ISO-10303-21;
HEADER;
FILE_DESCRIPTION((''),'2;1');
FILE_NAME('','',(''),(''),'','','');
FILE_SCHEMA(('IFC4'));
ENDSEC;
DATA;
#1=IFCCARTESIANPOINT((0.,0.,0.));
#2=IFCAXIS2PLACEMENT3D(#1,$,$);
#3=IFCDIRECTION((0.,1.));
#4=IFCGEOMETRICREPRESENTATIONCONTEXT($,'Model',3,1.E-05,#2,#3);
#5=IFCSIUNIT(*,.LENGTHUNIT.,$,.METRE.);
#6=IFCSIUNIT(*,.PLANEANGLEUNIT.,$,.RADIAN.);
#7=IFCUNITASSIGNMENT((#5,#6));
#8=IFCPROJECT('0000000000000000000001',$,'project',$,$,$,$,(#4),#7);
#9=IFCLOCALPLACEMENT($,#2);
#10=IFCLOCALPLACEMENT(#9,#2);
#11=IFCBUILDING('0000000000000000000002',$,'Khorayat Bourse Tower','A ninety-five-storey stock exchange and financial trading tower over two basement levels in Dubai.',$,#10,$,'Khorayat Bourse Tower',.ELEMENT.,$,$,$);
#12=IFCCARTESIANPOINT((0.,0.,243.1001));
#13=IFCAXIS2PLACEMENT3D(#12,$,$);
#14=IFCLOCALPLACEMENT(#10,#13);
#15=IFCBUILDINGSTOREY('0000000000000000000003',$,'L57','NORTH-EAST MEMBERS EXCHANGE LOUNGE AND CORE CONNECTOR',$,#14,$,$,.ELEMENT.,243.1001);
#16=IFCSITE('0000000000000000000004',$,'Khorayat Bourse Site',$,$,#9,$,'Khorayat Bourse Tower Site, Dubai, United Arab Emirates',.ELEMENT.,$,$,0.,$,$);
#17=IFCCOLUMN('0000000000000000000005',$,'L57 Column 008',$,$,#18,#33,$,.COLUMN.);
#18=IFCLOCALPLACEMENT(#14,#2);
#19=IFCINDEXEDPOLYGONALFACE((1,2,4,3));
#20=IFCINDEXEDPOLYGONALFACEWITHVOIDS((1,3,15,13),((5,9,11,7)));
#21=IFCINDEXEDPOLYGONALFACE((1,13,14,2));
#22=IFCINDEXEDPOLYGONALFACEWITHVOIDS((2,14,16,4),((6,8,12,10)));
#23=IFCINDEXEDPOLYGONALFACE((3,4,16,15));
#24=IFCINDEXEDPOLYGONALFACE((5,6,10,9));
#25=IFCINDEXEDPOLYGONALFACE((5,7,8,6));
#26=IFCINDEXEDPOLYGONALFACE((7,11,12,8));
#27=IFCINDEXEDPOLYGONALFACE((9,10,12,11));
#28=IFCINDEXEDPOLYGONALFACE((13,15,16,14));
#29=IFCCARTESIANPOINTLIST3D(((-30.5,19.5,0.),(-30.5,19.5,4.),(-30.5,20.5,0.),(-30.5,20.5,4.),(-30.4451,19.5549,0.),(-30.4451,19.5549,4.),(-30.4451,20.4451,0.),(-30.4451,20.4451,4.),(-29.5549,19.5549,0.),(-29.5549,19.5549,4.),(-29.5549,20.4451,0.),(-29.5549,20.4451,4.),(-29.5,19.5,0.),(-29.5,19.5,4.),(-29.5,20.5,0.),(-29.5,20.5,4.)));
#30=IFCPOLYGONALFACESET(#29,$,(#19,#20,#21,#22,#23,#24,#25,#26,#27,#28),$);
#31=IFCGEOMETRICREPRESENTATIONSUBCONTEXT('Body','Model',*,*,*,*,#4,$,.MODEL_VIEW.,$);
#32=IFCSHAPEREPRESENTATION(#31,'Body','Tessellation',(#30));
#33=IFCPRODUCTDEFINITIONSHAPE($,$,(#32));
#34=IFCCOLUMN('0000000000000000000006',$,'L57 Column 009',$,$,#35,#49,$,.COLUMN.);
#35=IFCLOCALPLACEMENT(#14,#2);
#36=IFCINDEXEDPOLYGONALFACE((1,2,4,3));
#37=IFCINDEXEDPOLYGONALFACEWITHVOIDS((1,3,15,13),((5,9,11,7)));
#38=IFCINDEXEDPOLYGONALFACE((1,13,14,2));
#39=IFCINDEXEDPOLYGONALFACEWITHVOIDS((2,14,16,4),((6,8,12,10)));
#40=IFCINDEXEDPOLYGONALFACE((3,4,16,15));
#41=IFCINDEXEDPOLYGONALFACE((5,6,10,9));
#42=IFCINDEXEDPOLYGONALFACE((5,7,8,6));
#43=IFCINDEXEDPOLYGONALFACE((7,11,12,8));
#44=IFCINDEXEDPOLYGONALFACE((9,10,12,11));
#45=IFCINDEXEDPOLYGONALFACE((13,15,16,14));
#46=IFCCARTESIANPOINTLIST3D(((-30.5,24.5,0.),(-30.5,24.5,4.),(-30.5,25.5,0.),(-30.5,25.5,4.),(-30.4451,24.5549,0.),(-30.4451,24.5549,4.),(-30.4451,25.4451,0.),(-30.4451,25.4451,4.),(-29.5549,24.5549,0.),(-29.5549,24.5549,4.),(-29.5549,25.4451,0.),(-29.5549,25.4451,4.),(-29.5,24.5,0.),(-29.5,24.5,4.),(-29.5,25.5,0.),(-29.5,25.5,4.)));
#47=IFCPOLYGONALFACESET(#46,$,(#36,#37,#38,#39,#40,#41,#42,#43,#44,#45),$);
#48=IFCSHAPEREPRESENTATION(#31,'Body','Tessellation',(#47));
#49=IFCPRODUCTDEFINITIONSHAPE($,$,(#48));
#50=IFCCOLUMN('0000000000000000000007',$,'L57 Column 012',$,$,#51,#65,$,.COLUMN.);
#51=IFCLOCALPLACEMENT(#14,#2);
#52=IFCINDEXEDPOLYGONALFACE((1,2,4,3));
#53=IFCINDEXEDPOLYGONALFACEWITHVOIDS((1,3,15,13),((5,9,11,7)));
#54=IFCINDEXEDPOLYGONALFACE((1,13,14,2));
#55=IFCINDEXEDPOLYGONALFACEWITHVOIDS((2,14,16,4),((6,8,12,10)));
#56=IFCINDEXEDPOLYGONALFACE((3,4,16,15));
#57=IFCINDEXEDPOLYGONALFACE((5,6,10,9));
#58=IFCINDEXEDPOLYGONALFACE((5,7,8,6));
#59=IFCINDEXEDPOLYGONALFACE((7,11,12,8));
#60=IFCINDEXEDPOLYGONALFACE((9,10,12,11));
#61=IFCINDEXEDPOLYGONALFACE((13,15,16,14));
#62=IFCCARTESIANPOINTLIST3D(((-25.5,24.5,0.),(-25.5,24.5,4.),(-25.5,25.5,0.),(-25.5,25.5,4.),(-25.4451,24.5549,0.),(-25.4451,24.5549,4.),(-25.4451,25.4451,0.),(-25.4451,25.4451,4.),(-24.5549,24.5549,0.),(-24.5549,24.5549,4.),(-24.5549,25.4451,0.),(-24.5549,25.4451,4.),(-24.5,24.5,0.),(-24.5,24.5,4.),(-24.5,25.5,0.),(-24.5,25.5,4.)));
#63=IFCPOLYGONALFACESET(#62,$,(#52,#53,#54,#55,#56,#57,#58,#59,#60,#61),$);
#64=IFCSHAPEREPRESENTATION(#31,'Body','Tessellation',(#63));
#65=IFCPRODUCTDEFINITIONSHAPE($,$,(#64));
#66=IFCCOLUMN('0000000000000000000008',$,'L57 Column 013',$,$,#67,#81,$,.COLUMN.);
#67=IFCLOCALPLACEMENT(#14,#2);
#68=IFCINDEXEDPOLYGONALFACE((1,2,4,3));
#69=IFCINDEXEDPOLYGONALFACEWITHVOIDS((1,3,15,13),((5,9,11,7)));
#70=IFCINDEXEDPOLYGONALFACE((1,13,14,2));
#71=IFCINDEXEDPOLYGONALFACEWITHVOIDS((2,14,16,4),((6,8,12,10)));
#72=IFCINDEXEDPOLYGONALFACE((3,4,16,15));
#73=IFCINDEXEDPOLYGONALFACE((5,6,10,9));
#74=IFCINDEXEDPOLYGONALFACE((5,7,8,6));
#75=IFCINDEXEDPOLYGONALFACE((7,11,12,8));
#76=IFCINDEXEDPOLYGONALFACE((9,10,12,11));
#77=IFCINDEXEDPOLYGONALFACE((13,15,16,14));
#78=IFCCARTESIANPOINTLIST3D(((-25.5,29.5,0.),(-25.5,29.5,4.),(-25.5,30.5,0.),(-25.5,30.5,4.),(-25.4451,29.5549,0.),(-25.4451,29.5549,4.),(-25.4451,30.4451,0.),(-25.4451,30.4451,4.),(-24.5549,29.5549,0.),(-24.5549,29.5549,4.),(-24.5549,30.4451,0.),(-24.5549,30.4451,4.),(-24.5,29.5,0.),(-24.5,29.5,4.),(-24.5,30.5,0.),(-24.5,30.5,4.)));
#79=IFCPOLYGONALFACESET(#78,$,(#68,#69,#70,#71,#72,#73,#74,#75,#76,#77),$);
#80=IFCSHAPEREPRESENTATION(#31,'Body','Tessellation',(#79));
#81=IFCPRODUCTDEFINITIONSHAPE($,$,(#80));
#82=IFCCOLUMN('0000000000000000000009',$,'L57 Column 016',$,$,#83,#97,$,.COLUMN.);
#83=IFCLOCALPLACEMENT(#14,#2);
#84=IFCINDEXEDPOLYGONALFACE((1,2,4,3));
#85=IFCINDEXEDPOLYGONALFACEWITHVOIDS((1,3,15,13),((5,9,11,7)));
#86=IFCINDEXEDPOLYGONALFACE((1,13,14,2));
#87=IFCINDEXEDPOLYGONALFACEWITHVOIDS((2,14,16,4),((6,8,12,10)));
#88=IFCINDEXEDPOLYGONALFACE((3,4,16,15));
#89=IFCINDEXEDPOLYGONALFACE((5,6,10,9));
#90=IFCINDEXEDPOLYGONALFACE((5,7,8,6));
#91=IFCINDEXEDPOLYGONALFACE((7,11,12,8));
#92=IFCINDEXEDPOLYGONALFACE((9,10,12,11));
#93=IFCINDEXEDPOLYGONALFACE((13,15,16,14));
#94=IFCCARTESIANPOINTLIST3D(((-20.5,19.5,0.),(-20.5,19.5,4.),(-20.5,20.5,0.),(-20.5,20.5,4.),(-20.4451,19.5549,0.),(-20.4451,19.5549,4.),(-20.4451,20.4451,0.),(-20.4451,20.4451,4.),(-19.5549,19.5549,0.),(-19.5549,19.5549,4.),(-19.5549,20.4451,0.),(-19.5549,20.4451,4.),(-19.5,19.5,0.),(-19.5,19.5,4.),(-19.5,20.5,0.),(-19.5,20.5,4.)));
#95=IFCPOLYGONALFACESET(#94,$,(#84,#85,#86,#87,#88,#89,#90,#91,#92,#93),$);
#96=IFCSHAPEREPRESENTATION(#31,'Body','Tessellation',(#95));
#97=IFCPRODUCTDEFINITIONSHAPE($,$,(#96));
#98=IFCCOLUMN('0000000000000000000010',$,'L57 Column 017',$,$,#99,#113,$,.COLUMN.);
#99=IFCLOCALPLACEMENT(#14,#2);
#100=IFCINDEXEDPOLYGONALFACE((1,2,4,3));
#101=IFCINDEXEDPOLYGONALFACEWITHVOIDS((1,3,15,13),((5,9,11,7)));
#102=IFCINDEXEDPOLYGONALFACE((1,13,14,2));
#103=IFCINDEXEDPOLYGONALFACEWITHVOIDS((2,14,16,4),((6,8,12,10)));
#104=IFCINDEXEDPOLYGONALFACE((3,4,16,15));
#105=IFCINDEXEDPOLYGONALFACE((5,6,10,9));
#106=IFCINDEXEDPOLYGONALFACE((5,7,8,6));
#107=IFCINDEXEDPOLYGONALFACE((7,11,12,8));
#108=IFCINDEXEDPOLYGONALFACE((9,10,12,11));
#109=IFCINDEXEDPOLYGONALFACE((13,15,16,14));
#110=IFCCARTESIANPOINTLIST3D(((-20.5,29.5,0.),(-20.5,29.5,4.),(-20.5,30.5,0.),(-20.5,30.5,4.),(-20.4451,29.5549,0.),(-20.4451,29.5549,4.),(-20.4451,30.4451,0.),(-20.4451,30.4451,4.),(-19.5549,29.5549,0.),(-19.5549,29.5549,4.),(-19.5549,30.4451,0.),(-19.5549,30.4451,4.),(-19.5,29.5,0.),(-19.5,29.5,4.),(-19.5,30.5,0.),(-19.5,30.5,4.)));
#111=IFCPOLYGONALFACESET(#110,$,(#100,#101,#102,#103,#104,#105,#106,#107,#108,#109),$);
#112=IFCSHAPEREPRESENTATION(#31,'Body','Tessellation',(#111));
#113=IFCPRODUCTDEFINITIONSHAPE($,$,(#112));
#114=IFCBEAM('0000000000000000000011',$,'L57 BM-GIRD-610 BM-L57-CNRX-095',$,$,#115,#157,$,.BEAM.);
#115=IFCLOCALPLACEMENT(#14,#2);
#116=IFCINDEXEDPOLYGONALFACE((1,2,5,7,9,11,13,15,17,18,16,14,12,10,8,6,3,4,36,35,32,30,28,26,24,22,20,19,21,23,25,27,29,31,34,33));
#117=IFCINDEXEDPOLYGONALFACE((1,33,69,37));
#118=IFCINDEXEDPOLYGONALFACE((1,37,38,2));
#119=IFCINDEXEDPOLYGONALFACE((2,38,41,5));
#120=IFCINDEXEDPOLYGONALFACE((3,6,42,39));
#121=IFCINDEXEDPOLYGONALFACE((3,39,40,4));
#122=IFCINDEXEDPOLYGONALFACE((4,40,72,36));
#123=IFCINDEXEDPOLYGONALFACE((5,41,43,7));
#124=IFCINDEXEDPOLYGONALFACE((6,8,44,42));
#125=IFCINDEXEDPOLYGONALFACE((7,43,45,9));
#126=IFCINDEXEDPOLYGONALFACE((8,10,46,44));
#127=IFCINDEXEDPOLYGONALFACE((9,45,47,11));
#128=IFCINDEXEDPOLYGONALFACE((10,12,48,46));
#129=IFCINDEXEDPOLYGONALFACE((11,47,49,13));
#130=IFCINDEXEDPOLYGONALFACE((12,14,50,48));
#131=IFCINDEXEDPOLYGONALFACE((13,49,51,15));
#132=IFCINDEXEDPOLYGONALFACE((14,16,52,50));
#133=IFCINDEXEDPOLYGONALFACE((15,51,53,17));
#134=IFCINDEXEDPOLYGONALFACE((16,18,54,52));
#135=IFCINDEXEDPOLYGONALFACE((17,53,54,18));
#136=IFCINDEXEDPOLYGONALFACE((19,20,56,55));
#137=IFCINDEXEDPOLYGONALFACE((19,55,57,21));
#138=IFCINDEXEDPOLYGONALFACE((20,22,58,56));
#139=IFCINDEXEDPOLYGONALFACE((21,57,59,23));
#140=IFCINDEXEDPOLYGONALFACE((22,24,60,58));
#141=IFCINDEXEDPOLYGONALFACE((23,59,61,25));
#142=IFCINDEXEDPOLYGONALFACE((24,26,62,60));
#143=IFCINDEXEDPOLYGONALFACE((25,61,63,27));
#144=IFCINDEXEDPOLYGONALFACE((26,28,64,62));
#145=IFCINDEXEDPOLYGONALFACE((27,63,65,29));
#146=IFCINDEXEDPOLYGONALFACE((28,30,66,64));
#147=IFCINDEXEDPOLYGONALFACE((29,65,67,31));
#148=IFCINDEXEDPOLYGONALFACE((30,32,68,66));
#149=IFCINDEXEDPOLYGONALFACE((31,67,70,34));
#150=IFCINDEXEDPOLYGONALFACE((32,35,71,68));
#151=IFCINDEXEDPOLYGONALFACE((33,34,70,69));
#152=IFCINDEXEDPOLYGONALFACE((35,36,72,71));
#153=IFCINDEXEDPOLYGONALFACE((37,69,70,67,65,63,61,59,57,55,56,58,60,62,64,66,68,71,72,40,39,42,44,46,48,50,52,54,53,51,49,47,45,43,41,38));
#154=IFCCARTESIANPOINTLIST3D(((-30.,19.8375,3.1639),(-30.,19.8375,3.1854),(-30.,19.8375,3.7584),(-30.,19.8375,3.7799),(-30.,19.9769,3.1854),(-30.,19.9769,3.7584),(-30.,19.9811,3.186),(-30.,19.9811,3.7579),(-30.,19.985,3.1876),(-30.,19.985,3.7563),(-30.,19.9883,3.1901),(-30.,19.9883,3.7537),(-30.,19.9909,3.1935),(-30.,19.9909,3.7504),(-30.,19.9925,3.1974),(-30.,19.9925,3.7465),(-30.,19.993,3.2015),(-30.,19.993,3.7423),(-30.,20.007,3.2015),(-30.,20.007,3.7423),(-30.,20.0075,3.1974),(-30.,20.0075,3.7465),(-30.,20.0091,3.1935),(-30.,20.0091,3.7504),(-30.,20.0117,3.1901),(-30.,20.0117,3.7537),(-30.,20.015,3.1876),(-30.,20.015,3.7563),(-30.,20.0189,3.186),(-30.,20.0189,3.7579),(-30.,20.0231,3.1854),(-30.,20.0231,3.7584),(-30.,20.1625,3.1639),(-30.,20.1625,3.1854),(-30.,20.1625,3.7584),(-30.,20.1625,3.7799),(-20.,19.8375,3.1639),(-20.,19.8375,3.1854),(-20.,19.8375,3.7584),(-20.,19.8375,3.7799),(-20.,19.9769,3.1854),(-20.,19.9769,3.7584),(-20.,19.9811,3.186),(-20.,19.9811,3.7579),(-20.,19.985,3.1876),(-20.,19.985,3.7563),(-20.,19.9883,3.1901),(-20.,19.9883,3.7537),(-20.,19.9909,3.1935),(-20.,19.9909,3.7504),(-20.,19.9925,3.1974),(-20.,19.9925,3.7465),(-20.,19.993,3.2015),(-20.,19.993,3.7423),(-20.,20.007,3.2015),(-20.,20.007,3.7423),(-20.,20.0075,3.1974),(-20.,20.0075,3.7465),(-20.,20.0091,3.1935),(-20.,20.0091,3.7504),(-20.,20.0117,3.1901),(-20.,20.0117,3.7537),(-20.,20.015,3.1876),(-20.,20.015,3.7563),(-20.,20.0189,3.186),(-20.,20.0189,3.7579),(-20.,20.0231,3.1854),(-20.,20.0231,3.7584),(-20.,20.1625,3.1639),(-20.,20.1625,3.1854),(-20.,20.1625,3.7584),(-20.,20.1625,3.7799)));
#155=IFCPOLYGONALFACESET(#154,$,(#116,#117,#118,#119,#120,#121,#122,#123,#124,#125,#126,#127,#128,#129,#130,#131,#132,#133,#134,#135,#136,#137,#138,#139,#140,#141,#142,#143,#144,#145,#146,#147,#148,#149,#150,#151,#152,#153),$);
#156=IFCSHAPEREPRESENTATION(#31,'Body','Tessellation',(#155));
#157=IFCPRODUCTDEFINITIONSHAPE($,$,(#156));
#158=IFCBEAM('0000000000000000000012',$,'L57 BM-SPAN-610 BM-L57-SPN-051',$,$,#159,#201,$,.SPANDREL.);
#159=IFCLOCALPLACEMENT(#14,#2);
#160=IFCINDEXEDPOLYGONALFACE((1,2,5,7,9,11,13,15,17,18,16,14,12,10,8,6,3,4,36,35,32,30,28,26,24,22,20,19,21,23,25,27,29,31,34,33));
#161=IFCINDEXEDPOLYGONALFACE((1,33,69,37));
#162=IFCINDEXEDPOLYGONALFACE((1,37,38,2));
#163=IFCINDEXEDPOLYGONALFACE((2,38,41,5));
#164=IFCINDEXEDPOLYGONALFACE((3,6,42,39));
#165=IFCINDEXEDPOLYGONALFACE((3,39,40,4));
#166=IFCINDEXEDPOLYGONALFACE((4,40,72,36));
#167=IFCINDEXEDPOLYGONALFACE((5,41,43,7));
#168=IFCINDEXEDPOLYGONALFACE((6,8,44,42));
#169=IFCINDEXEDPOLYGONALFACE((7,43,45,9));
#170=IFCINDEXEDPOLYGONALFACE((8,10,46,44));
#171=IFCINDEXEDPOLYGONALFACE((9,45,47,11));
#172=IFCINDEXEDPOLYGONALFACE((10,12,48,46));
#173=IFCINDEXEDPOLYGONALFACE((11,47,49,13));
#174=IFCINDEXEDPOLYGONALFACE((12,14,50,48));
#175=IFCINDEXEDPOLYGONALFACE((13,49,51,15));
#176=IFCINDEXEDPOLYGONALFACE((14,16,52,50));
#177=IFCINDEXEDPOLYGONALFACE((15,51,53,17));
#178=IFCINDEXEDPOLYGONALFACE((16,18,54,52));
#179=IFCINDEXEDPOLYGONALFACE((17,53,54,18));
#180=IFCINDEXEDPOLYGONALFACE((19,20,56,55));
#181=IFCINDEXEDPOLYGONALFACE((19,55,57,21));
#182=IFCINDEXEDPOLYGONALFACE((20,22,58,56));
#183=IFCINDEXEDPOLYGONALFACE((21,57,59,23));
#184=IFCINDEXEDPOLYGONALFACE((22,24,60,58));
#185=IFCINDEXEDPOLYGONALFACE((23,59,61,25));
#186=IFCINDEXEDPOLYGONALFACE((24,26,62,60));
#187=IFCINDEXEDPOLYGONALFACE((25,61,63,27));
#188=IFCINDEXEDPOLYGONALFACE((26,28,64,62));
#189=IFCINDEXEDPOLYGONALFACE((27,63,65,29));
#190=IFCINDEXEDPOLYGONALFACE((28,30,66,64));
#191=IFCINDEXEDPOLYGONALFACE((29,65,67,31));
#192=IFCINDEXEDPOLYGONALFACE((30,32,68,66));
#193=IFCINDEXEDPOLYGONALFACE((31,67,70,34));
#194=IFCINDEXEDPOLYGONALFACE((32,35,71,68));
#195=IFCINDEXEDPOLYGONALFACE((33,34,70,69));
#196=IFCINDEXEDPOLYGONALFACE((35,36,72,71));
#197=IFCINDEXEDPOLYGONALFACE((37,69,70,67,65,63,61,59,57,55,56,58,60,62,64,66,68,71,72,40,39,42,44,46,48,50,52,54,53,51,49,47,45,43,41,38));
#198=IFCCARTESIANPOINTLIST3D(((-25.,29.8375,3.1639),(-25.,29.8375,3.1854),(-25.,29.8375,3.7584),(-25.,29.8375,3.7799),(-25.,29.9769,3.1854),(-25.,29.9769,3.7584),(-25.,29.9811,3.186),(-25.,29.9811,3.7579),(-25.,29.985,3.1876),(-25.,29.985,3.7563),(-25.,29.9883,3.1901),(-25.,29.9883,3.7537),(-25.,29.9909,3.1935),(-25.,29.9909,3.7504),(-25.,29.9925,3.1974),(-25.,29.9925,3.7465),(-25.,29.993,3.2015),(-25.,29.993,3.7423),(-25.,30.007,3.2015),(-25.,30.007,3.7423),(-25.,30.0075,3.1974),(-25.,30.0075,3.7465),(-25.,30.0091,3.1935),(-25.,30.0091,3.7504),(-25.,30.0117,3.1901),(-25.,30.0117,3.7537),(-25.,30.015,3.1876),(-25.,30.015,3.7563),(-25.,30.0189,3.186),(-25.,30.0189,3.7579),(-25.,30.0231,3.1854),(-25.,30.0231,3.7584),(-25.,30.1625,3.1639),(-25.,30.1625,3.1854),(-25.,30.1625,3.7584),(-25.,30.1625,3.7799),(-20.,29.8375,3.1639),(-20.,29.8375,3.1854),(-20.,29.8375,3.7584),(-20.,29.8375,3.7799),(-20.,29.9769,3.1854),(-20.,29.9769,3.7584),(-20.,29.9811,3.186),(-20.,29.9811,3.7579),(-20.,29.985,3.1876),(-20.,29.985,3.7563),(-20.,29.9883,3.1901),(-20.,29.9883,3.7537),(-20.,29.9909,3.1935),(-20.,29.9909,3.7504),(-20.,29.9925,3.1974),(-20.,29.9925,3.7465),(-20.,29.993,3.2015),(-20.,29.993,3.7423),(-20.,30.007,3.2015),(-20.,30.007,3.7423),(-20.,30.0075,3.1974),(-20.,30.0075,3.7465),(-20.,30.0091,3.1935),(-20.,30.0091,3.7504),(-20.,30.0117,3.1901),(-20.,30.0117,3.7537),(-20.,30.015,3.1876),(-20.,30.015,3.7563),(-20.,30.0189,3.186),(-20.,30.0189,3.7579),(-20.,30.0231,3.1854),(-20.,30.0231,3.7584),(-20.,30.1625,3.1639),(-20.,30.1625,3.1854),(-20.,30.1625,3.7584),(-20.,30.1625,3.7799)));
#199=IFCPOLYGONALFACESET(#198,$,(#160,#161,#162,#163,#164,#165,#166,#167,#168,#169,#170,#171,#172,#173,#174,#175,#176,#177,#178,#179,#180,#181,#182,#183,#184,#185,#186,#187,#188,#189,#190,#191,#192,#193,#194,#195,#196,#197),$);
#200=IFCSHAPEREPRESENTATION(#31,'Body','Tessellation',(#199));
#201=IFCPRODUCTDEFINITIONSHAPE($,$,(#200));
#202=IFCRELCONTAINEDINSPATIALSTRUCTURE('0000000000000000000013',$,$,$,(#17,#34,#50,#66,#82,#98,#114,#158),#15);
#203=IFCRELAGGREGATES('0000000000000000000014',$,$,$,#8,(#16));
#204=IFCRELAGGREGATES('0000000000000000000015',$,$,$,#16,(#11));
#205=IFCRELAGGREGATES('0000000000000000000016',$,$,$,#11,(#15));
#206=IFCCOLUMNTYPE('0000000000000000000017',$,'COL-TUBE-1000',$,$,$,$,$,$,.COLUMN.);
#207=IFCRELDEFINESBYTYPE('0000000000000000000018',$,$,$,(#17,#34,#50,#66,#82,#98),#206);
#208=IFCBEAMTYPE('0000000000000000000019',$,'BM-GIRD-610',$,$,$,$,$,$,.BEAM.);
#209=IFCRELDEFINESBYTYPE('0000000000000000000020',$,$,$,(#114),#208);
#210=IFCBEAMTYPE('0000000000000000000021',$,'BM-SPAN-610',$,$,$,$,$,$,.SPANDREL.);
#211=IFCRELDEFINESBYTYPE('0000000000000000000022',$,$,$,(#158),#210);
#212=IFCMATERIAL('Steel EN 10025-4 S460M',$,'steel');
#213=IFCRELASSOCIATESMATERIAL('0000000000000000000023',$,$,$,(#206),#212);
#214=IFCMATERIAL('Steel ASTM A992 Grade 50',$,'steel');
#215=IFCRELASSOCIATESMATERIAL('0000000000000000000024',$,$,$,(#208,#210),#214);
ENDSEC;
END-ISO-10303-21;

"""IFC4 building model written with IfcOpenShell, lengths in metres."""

from ifc_helpers import new_model, si_unit, direction, frame, origin, origin_2d, place, context, subcontext, project, spatial, hollow_rectangle, i_section, extrude, source, transform, mapped, material, material_profile, profile_set, type_object, element, save


model = new_model("IFC4")

# Units and contexts
model_context = context("Model", 3, precision=1e-05, world=origin(), true_north=direction((0.0, 1.0)))
body_context = subcontext(model_context, "Body", "Model", "MODEL_VIEW")
ifc_project = project(units=[si_unit("LENGTHUNIT", "METRE"), si_unit("PLANEANGLEUNIT", "RADIAN")], contexts=[model_context])

# Site, building, storey
site_placement = place(None, origin())
site = spatial("IfcSite", under=ifc_project, at=site_placement, Name="Khorayat Bourse Site", LongName="Khorayat Bourse Tower Site, Dubai, United Arab Emirates", CompositionType="ELEMENT", RefElevation=0.0)
building_placement = place(site_placement, origin())
building = spatial("IfcBuilding", under=site, at=building_placement, Name="Khorayat Bourse Tower", Description="A ninety-five-storey stock exchange and financial trading tower over two basement levels in Dubai.", LongName="Khorayat Bourse Tower", CompositionType="ELEMENT")
storey_placement = place(building_placement, frame((0.0, 0.0, 243.1001)))
storey = spatial("IfcBuildingStorey", under=building, at=storey_placement, Name="L57", Description="NORTH-EAST MEMBERS EXCHANGE LOUNGE AND CORE CONNECTOR", CompositionType="ELEMENT", Elevation=243.1001)

# Columns
ifc_material_1 = material(Name="Steel EN 10025-4 S460M", Category="steel")
ifc_material_profile_1 = material_profile(ifc_material_1, hollow_rectangle(XDim=1.0, YDim=1.0, WallThickness=0.0549, at=origin_2d()), Name="BOX 1000x1000x55")
ifc_profile_set_1 = profile_set([ifc_material_profile_1], Name="Steel EN 10025-4 S460M")
column_type = type_object("IfcColumnType", Name="COL-TUBE-1000", PredefinedType="COLUMN", material=ifc_profile_set_1)
shared_shape_1 = source(origin(), body_context, "Body", "SweptSolid", [
    extrude(hollow_rectangle(XDim=1.0, YDim=1.0, WallThickness=0.0549, at=origin_2d()), origin(), (0.0, 0.0, 1.0), 4.0),
])
for number, where, z_axis, x_axis, name in (
    (1, (-30.0, 20.0, 0.0), (0.0, 0.0, 1.0), (1.0, 0.0, 0.0), "L57 Column 008"),
    (2, (-30.0, 25.0, 0.0), (0.0, 0.0, 1.0), (1.0, 0.0, 0.0), "L57 Column 009"),
    (3, (-25.0, 25.0, 0.0), (0.0, 0.0, 1.0), (1.0, 0.0, 0.0), "L57 Column 012"),
    (4, (-25.0, 30.0, 0.0), (0.0, 0.0, 1.0), (1.0, 0.0, 0.0), "L57 Column 013"),
    (5, (-20.0, 20.0, 0.0), (0.0, 0.0, 1.0), (1.0, 0.0, 0.0), "L57 Column 016"),
    (6, (-20.0, 30.0, 0.0), (0.0, 0.0, 1.0), (1.0, 0.0, 0.0), "L57 Column 017"),
):
    element("IfcColumn", number, at=place(storey_placement, frame(where, z_axis=z_axis, x_axis=x_axis)), inside=storey, type_object=column_type, Name=name, PredefinedType="COLUMN", context=body_context, shape_type="MappedRepresentation", body=[
        mapped(shared_shape_1, transform((0.0, 0.0, 0.0), scale=1.0)),
    ])

# Beams
ifc_material_2 = material(Name="Steel ASTM A992 Grade 50", Category="steel")
ifc_material_profile_2 = material_profile(ifc_material_2, i_section(OverallWidth=0.325, OverallDepth=0.616, WebThickness=0.0139, FlangeThickness=0.0215, FilletRadius=0.0161, at=origin_2d()), Name="W610X174")
ifc_profile_set_2 = profile_set([ifc_material_profile_2], Name="Steel ASTM A992 Grade 50")
beam_type_1 = type_object("IfcBeamType", Name="BM-GIRD-610", PredefinedType="BEAM", material=ifc_profile_set_2)
shared_shape_2 = source(origin(), body_context, "Body", "SweptSolid", [
    extrude(i_section(OverallWidth=0.325, OverallDepth=0.616, WebThickness=0.0139, FlangeThickness=0.0215, FilletRadius=0.0161, at=origin_2d()), origin(), (0.0, 0.0, 1.0), 10.0),
])
beam_1_placement = place(storey_placement, frame((-30.0, 20.0, 3.4719), z_axis=(1.0, 0.0, 0.0), x_axis=(0.0, 1.0, 0.0)))
element("IfcBeam", 7, at=beam_1_placement, inside=storey, type_object=beam_type_1, Name="L57 BM-GIRD-610 BM-L57-CNRX-095", PredefinedType="BEAM", context=body_context, shape_type="MappedRepresentation", body=[
    mapped(shared_shape_2, transform((0.0, 0.0, 0.0), scale=1.0)),
])
ifc_material_profile_3 = material_profile(ifc_material_2, i_section(OverallWidth=0.325, OverallDepth=0.616, WebThickness=0.0139, FlangeThickness=0.0215, FilletRadius=0.0161, at=origin_2d()), Name="W610X174")
ifc_profile_set_3 = profile_set([ifc_material_profile_3], Name="Steel ASTM A992 Grade 50")
beam_type_2 = type_object("IfcBeamType", Name="BM-SPAN-610", PredefinedType="SPANDREL", material=ifc_profile_set_3)
shared_shape_3 = source(origin(), body_context, "Body", "SweptSolid", [
    extrude(i_section(OverallWidth=0.325, OverallDepth=0.616, WebThickness=0.0139, FlangeThickness=0.0215, FilletRadius=0.0161, at=origin_2d()), origin(), (0.0, 0.0, 1.0), 5.0),
])
for number, where, z_axis, x_axis, name in (
    (8, (-25.0, 30.0, 3.4719), (1.0, 0.0, 0.0), (0.0, 1.0, 0.0), "L57 BM-SPAN-610 BM-L57-SPN-051"),
):
    element("IfcBeam", number, at=place(storey_placement, frame(where, z_axis=z_axis, x_axis=x_axis)), inside=storey, type_object=beam_type_2, Name=name, PredefinedType="SPANDREL", context=body_context, shape_type="MappedRepresentation", body=[
        mapped(shared_shape_3, transform((0.0, 0.0, 0.0), scale=1.0)),
    ])

save(model, "model.ifc")
